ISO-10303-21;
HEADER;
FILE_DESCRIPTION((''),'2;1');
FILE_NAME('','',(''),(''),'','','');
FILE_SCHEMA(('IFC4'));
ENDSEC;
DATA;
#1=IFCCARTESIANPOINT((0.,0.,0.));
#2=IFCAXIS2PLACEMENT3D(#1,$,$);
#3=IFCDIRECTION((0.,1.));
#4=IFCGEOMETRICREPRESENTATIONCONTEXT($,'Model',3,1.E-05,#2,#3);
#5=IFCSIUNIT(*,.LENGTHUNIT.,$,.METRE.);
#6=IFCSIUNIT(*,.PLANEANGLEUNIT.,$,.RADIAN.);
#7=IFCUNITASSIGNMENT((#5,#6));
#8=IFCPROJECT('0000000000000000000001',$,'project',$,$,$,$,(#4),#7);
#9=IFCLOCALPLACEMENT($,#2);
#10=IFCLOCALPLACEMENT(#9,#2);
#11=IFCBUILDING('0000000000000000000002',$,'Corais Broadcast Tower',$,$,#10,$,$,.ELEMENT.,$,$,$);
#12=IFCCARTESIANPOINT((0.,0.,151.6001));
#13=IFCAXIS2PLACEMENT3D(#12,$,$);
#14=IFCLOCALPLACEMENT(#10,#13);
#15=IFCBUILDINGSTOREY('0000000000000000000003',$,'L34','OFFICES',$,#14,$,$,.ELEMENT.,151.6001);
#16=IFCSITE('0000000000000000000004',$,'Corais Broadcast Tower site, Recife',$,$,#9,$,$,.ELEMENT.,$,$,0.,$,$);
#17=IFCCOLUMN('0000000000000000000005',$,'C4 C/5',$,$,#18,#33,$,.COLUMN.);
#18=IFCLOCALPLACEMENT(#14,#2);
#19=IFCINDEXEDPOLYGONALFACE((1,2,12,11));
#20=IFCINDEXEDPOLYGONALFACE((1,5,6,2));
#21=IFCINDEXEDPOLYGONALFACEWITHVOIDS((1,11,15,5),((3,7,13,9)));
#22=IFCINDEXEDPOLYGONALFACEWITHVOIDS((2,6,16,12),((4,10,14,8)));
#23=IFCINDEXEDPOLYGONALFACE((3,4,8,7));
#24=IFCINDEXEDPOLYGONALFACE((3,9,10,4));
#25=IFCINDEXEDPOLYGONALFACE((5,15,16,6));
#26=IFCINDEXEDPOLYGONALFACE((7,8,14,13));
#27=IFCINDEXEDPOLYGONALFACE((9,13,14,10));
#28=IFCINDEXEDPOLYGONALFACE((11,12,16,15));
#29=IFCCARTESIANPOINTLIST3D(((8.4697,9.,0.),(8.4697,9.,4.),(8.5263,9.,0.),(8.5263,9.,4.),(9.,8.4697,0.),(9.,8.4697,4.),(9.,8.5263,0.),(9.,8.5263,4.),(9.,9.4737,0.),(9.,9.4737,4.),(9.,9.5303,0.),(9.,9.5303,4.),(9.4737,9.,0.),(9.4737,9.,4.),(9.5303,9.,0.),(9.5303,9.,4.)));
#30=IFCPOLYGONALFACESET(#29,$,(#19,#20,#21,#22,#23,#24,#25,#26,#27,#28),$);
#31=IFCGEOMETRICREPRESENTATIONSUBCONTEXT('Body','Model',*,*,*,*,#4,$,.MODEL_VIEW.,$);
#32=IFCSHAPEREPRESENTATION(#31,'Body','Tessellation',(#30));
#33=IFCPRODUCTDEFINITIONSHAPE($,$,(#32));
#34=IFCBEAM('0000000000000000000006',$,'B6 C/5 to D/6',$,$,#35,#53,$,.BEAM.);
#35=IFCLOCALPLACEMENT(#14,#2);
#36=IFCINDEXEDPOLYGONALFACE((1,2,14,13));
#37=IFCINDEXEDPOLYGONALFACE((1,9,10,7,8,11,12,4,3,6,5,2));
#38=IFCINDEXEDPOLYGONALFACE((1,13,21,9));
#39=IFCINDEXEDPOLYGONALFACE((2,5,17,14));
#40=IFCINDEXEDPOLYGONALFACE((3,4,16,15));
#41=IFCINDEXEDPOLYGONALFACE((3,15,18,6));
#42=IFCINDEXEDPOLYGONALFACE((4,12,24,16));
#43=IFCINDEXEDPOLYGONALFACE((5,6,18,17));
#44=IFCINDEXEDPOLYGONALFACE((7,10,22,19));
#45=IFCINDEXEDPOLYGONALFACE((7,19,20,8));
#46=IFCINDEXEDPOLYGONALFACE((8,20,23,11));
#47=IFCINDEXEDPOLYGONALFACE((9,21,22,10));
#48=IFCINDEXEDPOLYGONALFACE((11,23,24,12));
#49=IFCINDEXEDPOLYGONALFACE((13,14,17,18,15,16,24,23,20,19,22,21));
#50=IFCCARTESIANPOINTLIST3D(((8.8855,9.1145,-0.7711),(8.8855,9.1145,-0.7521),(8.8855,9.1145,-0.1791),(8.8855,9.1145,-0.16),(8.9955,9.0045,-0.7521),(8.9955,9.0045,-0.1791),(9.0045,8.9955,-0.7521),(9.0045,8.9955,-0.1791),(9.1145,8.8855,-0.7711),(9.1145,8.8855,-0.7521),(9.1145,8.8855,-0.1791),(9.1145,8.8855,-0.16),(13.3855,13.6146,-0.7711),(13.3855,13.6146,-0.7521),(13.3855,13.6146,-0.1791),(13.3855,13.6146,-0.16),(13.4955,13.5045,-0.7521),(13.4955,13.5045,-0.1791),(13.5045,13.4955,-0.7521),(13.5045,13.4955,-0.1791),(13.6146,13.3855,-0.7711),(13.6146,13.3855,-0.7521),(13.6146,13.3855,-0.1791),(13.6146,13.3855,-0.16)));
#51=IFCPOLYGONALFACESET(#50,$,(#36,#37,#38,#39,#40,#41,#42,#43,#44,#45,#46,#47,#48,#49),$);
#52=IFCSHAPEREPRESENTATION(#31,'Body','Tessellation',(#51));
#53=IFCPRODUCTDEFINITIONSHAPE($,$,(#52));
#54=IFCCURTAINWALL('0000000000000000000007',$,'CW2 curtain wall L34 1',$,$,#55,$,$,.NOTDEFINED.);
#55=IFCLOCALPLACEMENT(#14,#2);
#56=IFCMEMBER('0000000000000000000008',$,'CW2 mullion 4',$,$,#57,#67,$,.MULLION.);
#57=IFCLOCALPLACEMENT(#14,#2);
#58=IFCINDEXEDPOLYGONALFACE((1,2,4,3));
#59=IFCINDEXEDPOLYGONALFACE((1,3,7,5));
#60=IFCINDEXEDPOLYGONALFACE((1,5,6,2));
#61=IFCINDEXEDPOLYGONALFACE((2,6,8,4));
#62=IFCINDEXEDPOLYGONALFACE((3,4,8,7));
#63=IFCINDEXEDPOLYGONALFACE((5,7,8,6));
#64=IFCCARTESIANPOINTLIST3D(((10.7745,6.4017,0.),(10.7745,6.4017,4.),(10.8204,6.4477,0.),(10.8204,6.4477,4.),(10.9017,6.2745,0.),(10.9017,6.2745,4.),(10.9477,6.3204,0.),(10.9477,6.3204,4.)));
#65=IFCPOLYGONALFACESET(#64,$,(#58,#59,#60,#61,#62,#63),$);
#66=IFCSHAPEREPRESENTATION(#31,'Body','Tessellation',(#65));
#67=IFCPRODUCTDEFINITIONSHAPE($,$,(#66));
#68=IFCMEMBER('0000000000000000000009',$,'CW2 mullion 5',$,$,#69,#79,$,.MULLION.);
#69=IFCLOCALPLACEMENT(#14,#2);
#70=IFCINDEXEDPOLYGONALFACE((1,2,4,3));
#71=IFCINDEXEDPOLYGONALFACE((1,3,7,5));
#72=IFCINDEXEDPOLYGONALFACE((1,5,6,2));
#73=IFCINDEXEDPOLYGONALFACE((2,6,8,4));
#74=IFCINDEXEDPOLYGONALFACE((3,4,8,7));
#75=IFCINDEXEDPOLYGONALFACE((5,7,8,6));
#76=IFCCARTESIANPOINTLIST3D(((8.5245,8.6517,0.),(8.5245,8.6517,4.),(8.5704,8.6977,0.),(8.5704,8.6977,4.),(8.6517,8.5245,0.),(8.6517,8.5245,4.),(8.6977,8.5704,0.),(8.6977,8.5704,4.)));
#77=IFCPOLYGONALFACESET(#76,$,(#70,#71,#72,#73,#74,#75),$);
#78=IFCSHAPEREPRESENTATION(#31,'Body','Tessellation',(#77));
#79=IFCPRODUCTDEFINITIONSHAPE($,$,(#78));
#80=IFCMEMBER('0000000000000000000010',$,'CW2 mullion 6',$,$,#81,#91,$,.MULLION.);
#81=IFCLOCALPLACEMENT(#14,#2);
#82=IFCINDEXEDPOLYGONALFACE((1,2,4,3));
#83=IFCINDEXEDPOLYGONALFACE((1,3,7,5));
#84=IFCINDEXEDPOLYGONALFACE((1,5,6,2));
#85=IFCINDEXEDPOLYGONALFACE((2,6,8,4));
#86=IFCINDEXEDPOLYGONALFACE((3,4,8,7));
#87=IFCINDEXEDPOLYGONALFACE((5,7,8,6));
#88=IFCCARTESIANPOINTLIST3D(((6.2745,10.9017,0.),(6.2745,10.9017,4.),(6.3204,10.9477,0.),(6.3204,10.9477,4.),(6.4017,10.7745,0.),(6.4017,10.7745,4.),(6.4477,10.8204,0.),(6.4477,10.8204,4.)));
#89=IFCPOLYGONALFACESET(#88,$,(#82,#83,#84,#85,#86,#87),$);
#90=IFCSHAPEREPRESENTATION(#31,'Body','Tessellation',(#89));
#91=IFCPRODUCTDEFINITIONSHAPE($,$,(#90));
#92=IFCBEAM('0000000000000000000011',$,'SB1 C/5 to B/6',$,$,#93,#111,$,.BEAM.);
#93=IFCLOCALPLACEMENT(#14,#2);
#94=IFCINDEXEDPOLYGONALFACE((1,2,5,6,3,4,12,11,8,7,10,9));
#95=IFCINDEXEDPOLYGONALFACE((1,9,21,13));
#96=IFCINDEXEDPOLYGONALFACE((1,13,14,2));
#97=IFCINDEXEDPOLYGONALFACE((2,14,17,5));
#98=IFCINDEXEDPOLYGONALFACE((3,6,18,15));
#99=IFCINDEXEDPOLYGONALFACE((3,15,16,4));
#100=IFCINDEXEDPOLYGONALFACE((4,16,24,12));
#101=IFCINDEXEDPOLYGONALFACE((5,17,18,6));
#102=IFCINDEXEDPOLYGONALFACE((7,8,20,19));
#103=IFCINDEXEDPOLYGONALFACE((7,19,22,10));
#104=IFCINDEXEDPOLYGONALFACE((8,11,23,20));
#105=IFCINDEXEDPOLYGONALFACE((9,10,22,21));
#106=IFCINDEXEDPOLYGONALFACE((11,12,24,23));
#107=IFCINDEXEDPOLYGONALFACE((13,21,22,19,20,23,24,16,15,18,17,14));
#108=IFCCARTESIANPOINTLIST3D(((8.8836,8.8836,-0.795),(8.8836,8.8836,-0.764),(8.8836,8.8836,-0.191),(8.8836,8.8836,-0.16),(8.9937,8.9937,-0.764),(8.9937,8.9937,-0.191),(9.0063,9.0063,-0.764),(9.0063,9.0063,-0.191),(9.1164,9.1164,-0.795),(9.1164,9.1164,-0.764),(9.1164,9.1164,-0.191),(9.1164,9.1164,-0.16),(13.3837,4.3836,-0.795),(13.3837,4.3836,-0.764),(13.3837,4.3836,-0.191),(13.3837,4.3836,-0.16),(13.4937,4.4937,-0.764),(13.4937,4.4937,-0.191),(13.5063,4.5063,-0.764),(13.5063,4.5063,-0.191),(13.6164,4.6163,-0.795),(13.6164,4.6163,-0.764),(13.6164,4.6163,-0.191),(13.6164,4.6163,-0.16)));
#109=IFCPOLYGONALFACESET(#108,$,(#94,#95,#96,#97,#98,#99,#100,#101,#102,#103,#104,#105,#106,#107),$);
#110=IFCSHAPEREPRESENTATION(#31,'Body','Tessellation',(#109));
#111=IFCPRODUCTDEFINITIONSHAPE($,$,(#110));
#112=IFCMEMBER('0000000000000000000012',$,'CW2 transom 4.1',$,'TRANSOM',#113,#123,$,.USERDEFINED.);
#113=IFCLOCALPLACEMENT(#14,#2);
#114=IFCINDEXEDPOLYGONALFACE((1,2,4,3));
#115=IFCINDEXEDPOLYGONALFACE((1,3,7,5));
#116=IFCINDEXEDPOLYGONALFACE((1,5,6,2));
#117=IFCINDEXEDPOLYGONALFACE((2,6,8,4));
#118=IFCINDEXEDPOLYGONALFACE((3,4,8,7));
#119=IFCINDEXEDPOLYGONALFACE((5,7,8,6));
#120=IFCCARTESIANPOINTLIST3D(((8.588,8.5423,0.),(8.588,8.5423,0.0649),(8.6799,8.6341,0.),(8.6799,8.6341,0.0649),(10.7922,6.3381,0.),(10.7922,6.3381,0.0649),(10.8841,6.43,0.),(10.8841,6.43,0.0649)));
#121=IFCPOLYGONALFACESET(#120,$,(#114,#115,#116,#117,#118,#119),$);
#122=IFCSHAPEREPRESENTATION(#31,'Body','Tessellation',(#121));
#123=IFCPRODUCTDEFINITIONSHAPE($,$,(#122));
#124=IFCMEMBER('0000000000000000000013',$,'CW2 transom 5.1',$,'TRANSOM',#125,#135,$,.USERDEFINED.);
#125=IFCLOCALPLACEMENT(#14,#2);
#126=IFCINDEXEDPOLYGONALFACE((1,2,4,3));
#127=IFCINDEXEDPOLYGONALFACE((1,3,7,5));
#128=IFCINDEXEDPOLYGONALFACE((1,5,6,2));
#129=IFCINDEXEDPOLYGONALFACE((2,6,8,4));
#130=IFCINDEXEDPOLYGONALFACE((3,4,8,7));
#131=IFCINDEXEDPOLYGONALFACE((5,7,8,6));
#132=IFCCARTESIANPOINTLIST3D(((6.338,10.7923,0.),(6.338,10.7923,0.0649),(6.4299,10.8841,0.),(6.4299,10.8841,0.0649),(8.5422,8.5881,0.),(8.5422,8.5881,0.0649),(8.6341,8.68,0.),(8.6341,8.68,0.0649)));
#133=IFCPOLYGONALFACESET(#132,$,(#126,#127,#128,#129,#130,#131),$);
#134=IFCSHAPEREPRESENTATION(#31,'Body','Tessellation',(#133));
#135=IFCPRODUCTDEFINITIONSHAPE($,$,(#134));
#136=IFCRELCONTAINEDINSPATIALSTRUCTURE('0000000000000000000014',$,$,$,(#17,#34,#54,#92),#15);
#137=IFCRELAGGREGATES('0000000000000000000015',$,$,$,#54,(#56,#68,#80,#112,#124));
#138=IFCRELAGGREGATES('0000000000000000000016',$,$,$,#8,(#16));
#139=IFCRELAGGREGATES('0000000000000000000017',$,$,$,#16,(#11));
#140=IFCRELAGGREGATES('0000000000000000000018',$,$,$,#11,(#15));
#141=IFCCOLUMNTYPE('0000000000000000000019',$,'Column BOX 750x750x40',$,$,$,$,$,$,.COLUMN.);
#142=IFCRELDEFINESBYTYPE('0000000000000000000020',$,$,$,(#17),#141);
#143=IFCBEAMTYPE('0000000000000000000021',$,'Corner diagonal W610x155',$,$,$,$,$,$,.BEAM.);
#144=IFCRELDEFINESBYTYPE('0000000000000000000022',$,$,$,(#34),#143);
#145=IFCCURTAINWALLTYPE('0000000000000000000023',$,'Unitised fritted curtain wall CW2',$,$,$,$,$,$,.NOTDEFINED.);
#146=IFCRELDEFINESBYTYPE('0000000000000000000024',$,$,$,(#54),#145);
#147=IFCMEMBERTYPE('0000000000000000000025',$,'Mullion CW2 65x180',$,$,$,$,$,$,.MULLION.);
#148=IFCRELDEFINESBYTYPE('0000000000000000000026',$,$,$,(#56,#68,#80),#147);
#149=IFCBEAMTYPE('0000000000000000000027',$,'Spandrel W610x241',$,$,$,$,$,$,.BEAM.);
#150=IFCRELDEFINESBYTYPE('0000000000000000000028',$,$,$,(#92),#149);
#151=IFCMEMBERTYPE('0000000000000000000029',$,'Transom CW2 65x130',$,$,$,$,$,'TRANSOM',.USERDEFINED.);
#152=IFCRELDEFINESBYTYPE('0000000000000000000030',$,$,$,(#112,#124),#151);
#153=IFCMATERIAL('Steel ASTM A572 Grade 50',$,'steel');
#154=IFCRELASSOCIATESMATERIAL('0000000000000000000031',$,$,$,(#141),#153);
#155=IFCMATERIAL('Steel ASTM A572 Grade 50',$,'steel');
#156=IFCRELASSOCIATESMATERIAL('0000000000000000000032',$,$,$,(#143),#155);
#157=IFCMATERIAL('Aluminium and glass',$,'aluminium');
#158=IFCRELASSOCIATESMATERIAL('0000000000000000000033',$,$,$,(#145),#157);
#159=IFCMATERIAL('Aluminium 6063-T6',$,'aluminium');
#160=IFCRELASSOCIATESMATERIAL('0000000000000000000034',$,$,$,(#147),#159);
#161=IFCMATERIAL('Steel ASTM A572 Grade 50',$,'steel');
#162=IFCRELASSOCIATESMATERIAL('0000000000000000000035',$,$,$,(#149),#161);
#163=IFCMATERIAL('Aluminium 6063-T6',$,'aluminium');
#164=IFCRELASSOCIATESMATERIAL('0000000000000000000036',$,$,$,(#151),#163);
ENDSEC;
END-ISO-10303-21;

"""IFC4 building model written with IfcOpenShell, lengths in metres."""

from ifc_helpers import new_model, si_unit, direction, frame, origin, origin_2d, place, context, subcontext, project, spatial, rectangle, hollow_rectangle, i_section, extrude, material, material_profile, profile_set, type_object, element, aggregate, save


model = new_model("IFC4")

# Units and contexts
model_context = context("Model", 3, precision=1e-05, world=origin(), true_north=direction((0.0, 1.0)))
body_context = subcontext(model_context, "Body", "Model", "MODEL_VIEW")
ifc_project = project(units=[si_unit("LENGTHUNIT", "METRE"), si_unit("PLANEANGLEUNIT", "RADIAN")], contexts=[model_context])

# Site, building, storey
site_placement = place(None, origin())
site = spatial("IfcSite", under=ifc_project, at=site_placement, Name="Corais Broadcast Tower site, Recife", CompositionType="ELEMENT", RefElevation=0.0)
building_placement = place(site_placement, origin())
building = spatial("IfcBuilding", under=site, at=building_placement, Name="Corais Broadcast Tower", CompositionType="ELEMENT")
storey_placement = place(building_placement, frame((0.0, 0.0, 151.6001)))
storey = spatial("IfcBuildingStorey", under=building, at=storey_placement, Name="L34", Description="OFFICES", CompositionType="ELEMENT", Elevation=151.6001)

# Column
ifc_material_1 = material(Name="Steel ASTM A572 Grade 50", Category="steel")
ifc_material_profile_1 = material_profile(ifc_material_1, hollow_rectangle(XDim=0.75, YDim=0.75, WallThickness=0.04, at=origin_2d()), Name="BOX 750x750x40")
ifc_profile_set_1 = profile_set([ifc_material_profile_1], Name="Steel ASTM A572 Grade 50")
column_type = type_object("IfcColumnType", Name="Column BOX 750x750x40", PredefinedType="COLUMN", material=ifc_profile_set_1)
column_placement = place(storey_placement, frame((9.0, 9.0, 0.0), z_axis=(0.0, 0.0, 1.0), x_axis=(0.707107, 0.707107, 0.0)))
element("IfcColumn", 1, at=column_placement, inside=storey, type_object=column_type, Name="C4 C/5", PredefinedType="COLUMN", context=body_context, shape_type="SweptSolid", body=[
    extrude(hollow_rectangle(XDim=0.75, YDim=0.75, WallThickness=0.04, at=origin_2d()), origin(), (0.0, 0.0, 1.0), 4.0),
])

# Beam
ifc_material_2 = material(Name="Steel ASTM A572 Grade 50", Category="steel")
ifc_material_profile_2 = material_profile(ifc_material_2, i_section(OverallWidth=0.324, OverallDepth=0.6111, WebThickness=0.0127, FlangeThickness=0.019, at=origin_2d()), Name="W610x155")
ifc_profile_set_2 = profile_set([ifc_material_profile_2], Name="Steel ASTM A572 Grade 50")
beam_type_1 = type_object("IfcBeamType", Name="Corner diagonal W610x155", PredefinedType="BEAM", material=ifc_profile_set_2)
beam_1_placement = place(storey_placement, frame((9.0, 9.0, -0.4656), z_axis=(0.707107, 0.707107, 0.0), x_axis=(-0.707107, 0.707107, 0.0)))
element("IfcBeam", 2, at=beam_1_placement, inside=storey, type_object=beam_type_1, Name="B6 C/5 to D/6", PredefinedType="BEAM", context=body_context, shape_type="SweptSolid", body=[
    extrude(i_section(OverallWidth=0.324, OverallDepth=0.6111, WebThickness=0.0127, FlangeThickness=0.019, at=origin_2d()), origin(), (0.0, 0.0, 1.0), 6.364),
])

# Curtain wall, members
ifc_material_3 = material(Name="Aluminium and glass", Category="aluminium")
curtain_wall_type = type_object("IfcCurtainWallType", Name="Unitised fritted curtain wall CW2", PredefinedType="NOTDEFINED", material=ifc_material_3)
curtain_wall_placement = place(storey_placement, origin())
curtain_wall = element("IfcCurtainWall", 3, at=curtain_wall_placement, inside=storey, type_object=curtain_wall_type, Name="CW2 curtain wall L34 1", PredefinedType="NOTDEFINED")
ifc_material_4 = material(Name="Aluminium 6063-T6", Category="aluminium")
ifc_material_profile_3 = material_profile(ifc_material_4, rectangle(XDim=0.0649, YDim=0.1799, at=origin_2d()), Name="Mullion CW2 65x180")
ifc_profile_set_3 = profile_set([ifc_material_profile_3], Name="Aluminium 6063-T6")
member_type_1 = type_object("IfcMemberType", Name="Mullion CW2 65x180", PredefinedType="MULLION", material=ifc_profile_set_3)
member_1_placement = place(storey_placement, frame((10.8611, 6.3611, 0.0), z_axis=(0.0, 0.0, 1.0), x_axis=(-0.707107, -0.707107, 0.0)))
member_1 = element("IfcMember", 4, at=member_1_placement, type_object=member_type_1, Name="CW2 mullion 4", PredefinedType="MULLION", context=body_context, shape_type="SweptSolid", body=[
    extrude(rectangle(XDim=0.0649, YDim=0.1799, at=origin_2d()), origin(), (0.0, 0.0, 1.0), 4.0),
])
member_2_placement = place(storey_placement, frame((8.6111, 8.6111, 0.0), z_axis=(0.0, 0.0, 1.0), x_axis=(-0.707107, -0.707107, 0.0)))
member_2 = element("IfcMember", 5, at=member_2_placement, type_object=member_type_1, Name="CW2 mullion 5", PredefinedType="MULLION", context=body_context, shape_type="SweptSolid", body=[
    extrude(rectangle(XDim=0.0649, YDim=0.1799, at=origin_2d()), origin(), (0.0, 0.0, 1.0), 4.0),
])
member_3_placement = place(storey_placement, frame((6.3611, 10.8611, 0.0), z_axis=(0.0, 0.0, 1.0), x_axis=(-0.707107, -0.707107, 0.0)))
member_3 = element("IfcMember", 6, at=member_3_placement, type_object=member_type_1, Name="CW2 mullion 6", PredefinedType="MULLION", context=body_context, shape_type="SweptSolid", body=[
    extrude(rectangle(XDim=0.0649, YDim=0.1799, at=origin_2d()), origin(), (0.0, 0.0, 1.0), 4.0),
])

# Beam
ifc_material_5 = material(Name="Steel ASTM A572 Grade 50", Category="steel")
ifc_material_profile_4 = material_profile(ifc_material_5, i_section(OverallWidth=0.3291, OverallDepth=0.635, WebThickness=0.0178, FlangeThickness=0.031, at=origin_2d()), Name="W610x241")
ifc_profile_set_4 = profile_set([ifc_material_profile_4], Name="Steel ASTM A572 Grade 50")
beam_type_2 = type_object("IfcBeamType", Name="Spandrel W610x241", PredefinedType="BEAM", material=ifc_profile_set_4)
beam_2_placement = place(storey_placement, frame((9.0, 9.0, -0.4775), z_axis=(0.707107, -0.707107, 0.0), x_axis=(0.707107, 0.707107, 0.0)))
element("IfcBeam", 7, at=beam_2_placement, inside=storey, type_object=beam_type_2, Name="SB1 C/5 to B/6", PredefinedType="BEAM", context=body_context, shape_type="SweptSolid", body=[
    extrude(i_section(OverallWidth=0.3291, OverallDepth=0.635, WebThickness=0.0178, FlangeThickness=0.031, at=origin_2d()), origin(), (0.0, 0.0, 1.0), 6.364),
])

# Members
ifc_material_6 = material(Name="Aluminium 6063-T6", Category="aluminium")
ifc_material_profile_5 = material_profile(ifc_material_6, rectangle(XDim=0.1299, YDim=0.0649, at=origin_2d()), Name="Transom CW2 65x130")
ifc_profile_set_5 = profile_set([ifc_material_profile_5], Name="Aluminium 6063-T6")
member_type_2 = type_object("IfcMemberType", Name="Transom CW2 65x130", ElementType="TRANSOM", PredefinedType="USERDEFINED", material=ifc_profile_set_5)
member_4_placement = place(storey_placement, frame((10.8381, 6.384, 0.0325), z_axis=(-0.707107, 0.707107, 0.0), x_axis=(-0.707107, -0.707107, 0.0)))
member_4 = element("IfcMember", 8, at=member_4_placement, type_object=member_type_2, Name="CW2 transom 4.1", ObjectType="TRANSOM", PredefinedType="USERDEFINED", context=body_context, shape_type="SweptSolid", body=[
    extrude(rectangle(XDim=0.1299, YDim=0.0649, at=origin_2d()), origin(), (0.0, 0.0, 1.0), 3.1172),
])
member_5_placement = place(storey_placement, frame((8.5881, 8.634, 0.0325), z_axis=(-0.707107, 0.707107, 0.0), x_axis=(-0.707107, -0.707107, 0.0)))
member_5 = element("IfcMember", 9, at=member_5_placement, type_object=member_type_2, Name="CW2 transom 5.1", ObjectType="TRANSOM", PredefinedType="USERDEFINED", context=body_context, shape_type="SweptSolid", body=[
    extrude(rectangle(XDim=0.1299, YDim=0.0649, at=origin_2d()), origin(), (0.0, 0.0, 1.0), 3.1172),
])

aggregate(curtain_wall, [member_1, member_2, member_3, member_4, member_5])

save(model, "model.ifc")
